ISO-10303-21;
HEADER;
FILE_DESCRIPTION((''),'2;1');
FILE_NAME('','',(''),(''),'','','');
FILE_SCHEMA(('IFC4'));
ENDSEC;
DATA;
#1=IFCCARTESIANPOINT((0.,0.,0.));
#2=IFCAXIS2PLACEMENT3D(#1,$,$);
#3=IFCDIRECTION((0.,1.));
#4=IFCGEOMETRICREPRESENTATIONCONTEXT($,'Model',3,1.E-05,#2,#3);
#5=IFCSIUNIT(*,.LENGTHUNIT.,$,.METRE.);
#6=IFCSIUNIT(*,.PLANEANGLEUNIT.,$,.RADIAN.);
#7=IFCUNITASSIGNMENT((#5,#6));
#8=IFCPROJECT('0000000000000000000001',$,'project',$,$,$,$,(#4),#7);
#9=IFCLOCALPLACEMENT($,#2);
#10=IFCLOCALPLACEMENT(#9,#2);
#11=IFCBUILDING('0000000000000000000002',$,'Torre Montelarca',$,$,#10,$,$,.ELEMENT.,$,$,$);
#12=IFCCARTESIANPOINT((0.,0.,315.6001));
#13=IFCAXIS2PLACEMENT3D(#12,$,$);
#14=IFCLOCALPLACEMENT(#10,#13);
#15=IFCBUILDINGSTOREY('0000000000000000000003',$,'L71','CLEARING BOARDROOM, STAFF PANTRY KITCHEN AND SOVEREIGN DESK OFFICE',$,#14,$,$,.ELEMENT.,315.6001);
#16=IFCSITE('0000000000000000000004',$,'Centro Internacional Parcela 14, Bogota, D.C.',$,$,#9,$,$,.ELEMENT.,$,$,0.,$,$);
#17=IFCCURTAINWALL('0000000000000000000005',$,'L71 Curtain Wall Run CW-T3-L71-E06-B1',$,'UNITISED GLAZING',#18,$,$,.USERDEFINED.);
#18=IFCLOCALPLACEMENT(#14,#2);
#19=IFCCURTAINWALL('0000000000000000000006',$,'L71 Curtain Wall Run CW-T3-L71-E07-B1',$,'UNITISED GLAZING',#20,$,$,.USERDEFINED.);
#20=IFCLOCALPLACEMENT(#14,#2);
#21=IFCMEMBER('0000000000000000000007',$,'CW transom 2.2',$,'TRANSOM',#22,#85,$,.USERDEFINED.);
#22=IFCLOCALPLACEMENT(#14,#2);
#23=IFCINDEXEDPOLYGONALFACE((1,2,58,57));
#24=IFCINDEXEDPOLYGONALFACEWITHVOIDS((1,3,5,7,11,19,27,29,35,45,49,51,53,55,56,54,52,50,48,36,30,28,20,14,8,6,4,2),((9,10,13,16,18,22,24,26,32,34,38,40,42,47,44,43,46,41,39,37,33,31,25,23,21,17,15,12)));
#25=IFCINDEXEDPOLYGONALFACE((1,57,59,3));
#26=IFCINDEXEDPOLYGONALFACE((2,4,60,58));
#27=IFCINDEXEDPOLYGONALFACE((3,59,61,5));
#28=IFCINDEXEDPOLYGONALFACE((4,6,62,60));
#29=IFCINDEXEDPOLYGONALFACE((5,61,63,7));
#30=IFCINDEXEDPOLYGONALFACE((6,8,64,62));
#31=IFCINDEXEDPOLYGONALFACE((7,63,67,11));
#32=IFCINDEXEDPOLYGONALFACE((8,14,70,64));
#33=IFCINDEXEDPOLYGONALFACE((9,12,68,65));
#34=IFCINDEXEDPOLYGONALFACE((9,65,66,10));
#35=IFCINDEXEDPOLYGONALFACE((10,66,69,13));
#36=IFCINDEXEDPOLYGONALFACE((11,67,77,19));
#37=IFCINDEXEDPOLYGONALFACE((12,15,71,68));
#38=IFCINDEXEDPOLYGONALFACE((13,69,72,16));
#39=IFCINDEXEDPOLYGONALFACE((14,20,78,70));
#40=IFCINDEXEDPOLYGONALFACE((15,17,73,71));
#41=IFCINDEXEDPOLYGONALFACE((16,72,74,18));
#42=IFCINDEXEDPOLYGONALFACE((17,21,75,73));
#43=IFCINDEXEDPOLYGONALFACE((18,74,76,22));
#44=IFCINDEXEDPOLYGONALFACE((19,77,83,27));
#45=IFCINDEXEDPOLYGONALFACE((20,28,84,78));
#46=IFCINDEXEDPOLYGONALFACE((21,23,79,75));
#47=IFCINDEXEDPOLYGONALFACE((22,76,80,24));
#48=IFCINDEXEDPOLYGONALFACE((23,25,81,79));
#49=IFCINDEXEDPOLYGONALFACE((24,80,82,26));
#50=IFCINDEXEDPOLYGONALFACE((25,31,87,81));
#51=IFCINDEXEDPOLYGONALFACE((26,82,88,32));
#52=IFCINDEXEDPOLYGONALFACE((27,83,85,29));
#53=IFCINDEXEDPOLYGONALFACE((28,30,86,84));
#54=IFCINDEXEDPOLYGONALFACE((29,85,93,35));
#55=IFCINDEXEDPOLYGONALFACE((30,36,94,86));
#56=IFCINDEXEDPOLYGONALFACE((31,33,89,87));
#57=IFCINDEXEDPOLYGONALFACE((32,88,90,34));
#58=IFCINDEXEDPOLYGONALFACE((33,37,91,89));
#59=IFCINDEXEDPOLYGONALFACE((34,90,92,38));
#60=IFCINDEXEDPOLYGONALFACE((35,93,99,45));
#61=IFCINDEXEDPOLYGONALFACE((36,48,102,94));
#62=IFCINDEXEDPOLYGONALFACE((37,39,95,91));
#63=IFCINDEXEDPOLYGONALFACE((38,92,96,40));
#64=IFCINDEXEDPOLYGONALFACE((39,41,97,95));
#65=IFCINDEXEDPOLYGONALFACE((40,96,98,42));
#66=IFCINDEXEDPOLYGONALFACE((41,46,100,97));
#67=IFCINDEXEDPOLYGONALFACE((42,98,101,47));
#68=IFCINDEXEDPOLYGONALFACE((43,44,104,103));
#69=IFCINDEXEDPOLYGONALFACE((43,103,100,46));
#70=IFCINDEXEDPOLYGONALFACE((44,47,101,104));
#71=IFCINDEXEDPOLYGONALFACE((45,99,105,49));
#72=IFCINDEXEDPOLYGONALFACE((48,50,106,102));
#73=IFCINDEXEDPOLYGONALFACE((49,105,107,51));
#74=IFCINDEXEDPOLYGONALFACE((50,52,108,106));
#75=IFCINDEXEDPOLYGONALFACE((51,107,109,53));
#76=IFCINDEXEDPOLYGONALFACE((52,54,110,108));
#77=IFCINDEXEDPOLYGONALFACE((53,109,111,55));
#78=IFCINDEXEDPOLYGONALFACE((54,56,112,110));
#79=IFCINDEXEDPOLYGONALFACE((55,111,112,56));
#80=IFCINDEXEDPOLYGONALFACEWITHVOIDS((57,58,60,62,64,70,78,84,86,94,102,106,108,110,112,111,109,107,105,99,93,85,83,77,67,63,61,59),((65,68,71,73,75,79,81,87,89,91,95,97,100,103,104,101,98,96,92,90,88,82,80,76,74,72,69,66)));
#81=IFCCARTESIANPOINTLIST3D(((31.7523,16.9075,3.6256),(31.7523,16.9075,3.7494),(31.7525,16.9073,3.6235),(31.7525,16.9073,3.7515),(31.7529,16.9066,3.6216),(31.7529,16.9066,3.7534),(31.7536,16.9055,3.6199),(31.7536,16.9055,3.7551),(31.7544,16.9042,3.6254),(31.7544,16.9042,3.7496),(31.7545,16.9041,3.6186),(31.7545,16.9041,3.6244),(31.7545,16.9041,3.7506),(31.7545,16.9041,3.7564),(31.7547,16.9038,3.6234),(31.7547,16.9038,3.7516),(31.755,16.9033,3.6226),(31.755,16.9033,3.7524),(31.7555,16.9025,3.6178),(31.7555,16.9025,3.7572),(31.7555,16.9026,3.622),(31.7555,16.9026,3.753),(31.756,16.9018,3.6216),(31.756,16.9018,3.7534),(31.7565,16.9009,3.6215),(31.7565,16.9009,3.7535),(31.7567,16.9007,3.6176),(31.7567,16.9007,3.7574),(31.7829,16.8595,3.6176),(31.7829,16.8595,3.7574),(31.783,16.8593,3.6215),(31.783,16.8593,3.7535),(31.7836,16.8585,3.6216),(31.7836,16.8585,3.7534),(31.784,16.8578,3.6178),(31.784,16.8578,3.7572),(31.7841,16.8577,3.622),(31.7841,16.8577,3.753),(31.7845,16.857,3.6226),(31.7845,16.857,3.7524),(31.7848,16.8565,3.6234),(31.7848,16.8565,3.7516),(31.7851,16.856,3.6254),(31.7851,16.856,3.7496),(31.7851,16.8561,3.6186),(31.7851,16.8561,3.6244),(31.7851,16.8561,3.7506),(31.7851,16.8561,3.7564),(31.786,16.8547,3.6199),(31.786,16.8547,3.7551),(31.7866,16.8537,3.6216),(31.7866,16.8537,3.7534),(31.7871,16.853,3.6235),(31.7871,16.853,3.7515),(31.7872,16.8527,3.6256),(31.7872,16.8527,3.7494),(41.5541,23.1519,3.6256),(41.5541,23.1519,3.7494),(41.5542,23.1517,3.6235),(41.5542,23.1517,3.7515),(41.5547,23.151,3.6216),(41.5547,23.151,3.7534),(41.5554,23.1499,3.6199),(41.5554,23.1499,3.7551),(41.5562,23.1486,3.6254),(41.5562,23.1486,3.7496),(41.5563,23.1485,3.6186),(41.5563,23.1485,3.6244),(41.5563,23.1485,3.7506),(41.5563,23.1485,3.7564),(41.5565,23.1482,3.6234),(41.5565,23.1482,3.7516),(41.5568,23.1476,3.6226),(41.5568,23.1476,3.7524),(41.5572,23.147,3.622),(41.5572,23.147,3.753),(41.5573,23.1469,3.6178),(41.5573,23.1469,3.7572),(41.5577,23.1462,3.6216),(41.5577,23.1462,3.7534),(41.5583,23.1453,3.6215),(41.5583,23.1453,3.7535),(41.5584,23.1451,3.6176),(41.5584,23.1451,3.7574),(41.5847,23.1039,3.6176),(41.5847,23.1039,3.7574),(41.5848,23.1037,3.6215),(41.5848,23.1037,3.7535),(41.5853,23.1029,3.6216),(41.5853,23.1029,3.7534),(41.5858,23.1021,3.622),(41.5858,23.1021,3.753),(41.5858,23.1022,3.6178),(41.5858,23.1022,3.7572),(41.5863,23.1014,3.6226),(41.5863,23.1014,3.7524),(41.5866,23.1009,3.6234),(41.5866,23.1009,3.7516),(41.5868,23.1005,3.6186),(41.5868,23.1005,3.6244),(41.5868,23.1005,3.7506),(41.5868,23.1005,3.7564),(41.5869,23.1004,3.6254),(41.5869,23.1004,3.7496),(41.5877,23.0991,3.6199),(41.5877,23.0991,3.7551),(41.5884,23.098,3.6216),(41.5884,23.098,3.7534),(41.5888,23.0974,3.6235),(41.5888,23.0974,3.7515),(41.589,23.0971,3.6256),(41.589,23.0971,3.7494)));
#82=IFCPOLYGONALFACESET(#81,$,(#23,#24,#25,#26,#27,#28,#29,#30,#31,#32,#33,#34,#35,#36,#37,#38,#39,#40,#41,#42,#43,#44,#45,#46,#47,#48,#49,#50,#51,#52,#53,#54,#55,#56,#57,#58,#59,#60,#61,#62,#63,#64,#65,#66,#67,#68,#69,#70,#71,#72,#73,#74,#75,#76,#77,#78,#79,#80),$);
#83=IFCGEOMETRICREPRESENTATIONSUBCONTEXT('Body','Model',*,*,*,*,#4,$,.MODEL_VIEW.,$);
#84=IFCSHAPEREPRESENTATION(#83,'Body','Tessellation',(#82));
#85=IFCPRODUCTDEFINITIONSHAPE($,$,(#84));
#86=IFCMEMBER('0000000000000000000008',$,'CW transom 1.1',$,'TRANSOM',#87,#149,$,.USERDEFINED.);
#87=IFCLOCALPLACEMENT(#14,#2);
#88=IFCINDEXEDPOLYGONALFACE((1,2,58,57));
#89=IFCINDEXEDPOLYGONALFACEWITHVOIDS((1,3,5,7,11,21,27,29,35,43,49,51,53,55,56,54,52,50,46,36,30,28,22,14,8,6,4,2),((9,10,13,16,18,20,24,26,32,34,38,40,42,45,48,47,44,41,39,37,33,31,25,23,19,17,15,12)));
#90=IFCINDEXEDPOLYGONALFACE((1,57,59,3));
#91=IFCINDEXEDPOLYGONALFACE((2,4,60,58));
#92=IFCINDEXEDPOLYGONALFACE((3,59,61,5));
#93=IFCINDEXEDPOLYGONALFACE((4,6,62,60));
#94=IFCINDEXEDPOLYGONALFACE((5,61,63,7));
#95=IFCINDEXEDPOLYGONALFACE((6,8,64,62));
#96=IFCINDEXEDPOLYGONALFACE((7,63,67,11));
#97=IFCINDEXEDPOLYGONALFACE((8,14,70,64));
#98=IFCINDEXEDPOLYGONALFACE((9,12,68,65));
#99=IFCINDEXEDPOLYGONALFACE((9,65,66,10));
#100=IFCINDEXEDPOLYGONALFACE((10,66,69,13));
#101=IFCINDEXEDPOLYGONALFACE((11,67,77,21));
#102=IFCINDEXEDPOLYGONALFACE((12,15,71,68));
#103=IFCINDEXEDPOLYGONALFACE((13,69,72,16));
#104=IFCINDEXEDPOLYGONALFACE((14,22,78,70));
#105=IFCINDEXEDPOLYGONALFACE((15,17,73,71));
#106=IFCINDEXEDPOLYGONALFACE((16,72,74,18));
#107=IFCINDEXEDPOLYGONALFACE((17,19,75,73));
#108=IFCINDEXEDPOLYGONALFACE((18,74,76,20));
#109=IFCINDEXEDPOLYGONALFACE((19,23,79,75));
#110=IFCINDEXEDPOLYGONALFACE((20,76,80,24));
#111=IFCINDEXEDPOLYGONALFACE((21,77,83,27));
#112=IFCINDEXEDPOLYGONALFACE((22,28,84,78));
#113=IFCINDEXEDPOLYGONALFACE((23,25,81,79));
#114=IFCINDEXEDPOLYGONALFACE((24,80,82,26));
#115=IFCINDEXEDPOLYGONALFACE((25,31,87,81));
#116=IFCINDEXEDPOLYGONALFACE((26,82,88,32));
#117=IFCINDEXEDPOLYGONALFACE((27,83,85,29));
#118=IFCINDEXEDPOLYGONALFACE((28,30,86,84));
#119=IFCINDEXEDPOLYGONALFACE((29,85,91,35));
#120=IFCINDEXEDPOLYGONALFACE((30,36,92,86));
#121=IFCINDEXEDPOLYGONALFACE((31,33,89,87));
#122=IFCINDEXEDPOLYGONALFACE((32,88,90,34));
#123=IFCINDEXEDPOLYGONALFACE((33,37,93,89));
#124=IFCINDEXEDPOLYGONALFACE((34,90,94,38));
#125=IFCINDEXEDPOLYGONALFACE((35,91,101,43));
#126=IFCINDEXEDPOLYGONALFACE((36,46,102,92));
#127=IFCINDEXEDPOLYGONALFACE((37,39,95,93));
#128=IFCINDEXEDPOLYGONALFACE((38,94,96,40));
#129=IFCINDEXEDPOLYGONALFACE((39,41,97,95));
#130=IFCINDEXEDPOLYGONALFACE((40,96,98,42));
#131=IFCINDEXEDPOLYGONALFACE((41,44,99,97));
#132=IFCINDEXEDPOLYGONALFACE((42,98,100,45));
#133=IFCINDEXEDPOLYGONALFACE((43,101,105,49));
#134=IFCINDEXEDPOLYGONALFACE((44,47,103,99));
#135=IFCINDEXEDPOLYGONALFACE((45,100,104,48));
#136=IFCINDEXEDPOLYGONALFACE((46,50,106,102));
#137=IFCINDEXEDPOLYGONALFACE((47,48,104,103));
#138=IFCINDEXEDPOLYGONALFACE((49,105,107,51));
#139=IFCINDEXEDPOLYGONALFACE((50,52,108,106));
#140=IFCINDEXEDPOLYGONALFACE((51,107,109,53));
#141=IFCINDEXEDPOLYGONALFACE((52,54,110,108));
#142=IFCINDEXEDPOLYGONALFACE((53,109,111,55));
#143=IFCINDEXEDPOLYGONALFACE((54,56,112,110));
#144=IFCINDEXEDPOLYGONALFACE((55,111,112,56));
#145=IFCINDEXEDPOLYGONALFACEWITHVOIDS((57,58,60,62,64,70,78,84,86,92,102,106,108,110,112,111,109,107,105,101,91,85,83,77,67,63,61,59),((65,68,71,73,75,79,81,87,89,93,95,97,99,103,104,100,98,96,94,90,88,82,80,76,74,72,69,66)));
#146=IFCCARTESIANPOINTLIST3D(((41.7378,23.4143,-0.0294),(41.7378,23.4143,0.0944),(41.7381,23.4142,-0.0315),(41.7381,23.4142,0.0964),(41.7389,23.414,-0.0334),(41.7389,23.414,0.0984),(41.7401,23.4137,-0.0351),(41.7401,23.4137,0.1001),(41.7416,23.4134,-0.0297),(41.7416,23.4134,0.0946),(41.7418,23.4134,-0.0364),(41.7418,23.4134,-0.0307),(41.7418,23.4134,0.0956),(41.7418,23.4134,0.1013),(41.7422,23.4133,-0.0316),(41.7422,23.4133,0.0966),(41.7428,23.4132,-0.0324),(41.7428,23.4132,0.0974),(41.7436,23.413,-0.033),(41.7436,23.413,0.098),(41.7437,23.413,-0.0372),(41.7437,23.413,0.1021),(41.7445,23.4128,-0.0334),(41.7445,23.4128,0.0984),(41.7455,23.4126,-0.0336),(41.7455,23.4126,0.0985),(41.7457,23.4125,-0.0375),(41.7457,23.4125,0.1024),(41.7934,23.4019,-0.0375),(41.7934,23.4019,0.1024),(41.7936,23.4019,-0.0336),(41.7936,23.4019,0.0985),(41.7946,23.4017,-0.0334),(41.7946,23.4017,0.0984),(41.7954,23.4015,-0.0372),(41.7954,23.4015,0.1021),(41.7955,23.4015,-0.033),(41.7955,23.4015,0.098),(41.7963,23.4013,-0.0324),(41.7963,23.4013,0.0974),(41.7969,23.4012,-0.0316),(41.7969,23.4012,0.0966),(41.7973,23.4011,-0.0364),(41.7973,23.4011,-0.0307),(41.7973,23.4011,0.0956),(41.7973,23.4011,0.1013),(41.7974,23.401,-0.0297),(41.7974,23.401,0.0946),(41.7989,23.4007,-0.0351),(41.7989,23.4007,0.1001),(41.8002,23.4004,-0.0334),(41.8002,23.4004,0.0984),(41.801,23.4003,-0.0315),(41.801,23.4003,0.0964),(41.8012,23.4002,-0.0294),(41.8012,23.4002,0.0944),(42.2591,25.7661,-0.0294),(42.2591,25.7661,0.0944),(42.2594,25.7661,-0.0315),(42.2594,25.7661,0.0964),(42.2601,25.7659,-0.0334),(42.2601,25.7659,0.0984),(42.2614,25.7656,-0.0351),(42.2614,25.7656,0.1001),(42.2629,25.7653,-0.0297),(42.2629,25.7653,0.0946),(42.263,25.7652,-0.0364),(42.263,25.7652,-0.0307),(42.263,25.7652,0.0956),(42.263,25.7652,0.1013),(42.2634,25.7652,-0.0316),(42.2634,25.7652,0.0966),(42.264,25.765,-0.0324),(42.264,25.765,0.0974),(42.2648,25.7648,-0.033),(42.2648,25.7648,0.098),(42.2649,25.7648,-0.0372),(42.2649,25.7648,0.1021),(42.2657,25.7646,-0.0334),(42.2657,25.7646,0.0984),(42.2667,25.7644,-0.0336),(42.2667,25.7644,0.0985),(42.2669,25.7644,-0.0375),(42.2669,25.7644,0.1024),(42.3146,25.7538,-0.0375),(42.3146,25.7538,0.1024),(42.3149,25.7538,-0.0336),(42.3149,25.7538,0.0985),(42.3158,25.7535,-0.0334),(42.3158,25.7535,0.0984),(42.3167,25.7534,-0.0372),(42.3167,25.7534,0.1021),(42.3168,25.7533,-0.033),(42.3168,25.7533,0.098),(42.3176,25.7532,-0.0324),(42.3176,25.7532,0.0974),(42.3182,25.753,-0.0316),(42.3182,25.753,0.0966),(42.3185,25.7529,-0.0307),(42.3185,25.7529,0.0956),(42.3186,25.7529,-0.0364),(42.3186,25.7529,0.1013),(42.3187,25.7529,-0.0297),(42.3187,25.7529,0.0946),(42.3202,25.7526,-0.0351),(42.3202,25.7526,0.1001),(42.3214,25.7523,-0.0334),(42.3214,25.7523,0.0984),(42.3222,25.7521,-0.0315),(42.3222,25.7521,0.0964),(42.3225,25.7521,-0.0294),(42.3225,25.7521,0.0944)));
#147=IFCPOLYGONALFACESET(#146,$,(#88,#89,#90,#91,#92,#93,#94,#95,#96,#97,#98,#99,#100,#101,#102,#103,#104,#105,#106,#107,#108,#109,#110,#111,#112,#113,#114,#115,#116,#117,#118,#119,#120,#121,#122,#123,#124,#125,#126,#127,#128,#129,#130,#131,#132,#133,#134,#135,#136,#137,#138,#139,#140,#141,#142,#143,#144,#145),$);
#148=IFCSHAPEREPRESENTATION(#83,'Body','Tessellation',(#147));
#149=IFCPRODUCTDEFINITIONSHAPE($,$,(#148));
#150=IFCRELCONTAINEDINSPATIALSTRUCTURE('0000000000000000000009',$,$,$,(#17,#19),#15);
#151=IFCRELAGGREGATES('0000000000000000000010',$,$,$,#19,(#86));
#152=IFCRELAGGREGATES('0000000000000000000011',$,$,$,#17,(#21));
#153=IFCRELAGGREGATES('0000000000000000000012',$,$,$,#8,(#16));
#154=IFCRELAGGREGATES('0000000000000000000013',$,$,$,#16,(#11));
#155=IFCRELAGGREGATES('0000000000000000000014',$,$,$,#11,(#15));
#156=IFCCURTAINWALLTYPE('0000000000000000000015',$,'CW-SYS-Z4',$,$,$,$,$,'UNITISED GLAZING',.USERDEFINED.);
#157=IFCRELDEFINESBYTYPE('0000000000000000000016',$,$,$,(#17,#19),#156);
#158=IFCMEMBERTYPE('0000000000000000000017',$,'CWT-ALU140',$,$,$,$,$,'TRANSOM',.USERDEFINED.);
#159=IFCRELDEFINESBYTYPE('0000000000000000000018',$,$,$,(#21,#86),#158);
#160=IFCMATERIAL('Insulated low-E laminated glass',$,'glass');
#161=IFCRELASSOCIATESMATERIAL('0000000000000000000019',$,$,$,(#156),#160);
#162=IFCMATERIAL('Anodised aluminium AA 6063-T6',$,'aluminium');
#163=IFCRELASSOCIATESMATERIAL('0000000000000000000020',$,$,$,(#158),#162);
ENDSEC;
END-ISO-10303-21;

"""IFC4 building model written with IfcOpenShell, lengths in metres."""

from ifc_helpers import new_model, si_unit, direction, frame, origin, origin_2d, place, context, subcontext, project, spatial, hollow_rectangle, extrude, source, transform, mapped, material, material_profile, profile_set, type_object, element, aggregate, save


model = new_model("IFC4")

# Units and contexts
model_context = context("Model", 3, precision=1e-05, world=origin(), true_north=direction((0.0, 1.0)))
body_context = subcontext(model_context, "Body", "Model", "MODEL_VIEW")
ifc_project = project(units=[si_unit("LENGTHUNIT", "METRE"), si_unit("PLANEANGLEUNIT", "RADIAN")], contexts=[model_context])

# Site, building, storey
site_placement = place(None, origin())
site = spatial("IfcSite", under=ifc_project, at=site_placement, Name="Centro Internacional Parcela 14, Bogota, D.C.", CompositionType="ELEMENT", RefElevation=0.0)
building_placement = place(site_placement, origin())
building = spatial("IfcBuilding", under=site, at=building_placement, Name="Torre Montelarca", CompositionType="ELEMENT")
storey_placement = place(building_placement, frame((0.0, 0.0, 315.6001)))
storey = spatial("IfcBuildingStorey", under=building, at=storey_placement, Name="L71", Description="CLEARING BOARDROOM, STAFF PANTRY KITCHEN AND SOVEREIGN DESK OFFICE", CompositionType="ELEMENT", Elevation=315.6001)

# Curtain walls
ifc_material_1 = material(Name="Insulated low-E laminated glass", Category="glass")
curtain_wall_type = type_object("IfcCurtainWallType", Name="CW-SYS-Z4", ElementType="UNITISED GLAZING", PredefinedType="USERDEFINED", material=ifc_material_1)
curtain_wall_1_placement = place(storey_placement, origin())
curtain_wall_1 = element("IfcCurtainWall", 1, at=curtain_wall_1_placement, inside=storey, type_object=curtain_wall_type, Name="L71 Curtain Wall Run CW-T3-L71-E06-B1", ObjectType="UNITISED GLAZING", PredefinedType="USERDEFINED")
ifc_material_2 = material(Name="Anodised aluminium AA 6063-T6", Category="aluminium")
curtain_wall_2_placement = place(storey_placement, origin())
curtain_wall_2 = element("IfcCurtainWall", 2, at=curtain_wall_2_placement, inside=storey, type_object=curtain_wall_type, Name="L71 Curtain Wall Run CW-T3-L71-E07-B1", ObjectType="UNITISED GLAZING", PredefinedType="USERDEFINED")

# Members
ifc_material_profile_1 = material_profile(ifc_material_2, hollow_rectangle(XDim=0.0649, YDim=0.1399, WallThickness=0.0039, InnerFilletRadius=0.0039, OuterFilletRadius=0.0081, at=origin_2d()), Name="ALU65X140X4", Category="aluminium")
ifc_profile_set_1 = profile_set([ifc_material_profile_1], Name="Anodised aluminium AA 6063-T6")
member_type_1 = type_object("IfcMemberType", Name="CWT-ALU140", ElementType="TRANSOM", PredefinedType="USERDEFINED", material=ifc_profile_set_1)
shared_shape_1 = source(origin(), body_context, "Body", "SweptSolid", [
    extrude(hollow_rectangle(XDim=0.0649, YDim=0.1399, WallThickness=0.0039, InnerFilletRadius=0.0039, OuterFilletRadius=0.0081, at=origin_2d()), origin(), (0.0, 0.0, 1.0), 11.6218),
])
member_1_placement = place(storey_placement, frame((31.7698, 16.8801, 3.6875), z_axis=(0.843392, 0.537298, 0.0), x_axis=(-0.537298, 0.843392, 0.0)))
member_1 = element("IfcMember", 3, at=member_1_placement, type_object=member_type_1, Name="CW transom 2.2", ObjectType="TRANSOM", PredefinedType="USERDEFINED", context=body_context, shape_type="MappedRepresentation", body=[
    mapped(shared_shape_1, transform((0.0, 0.0, 0.0), scale=1.0)),
])
shared_shape_2 = source(origin(), body_context, "Body", "SweptSolid", [
    extrude(hollow_rectangle(XDim=0.0649, YDim=0.1399, WallThickness=0.0039, InnerFilletRadius=0.0039, OuterFilletRadius=0.0081, at=origin_2d()), origin(), (0.0, 0.0, 1.0), 2.4089),
])
member_2_placement = place(storey_placement, frame((41.7695, 23.4072, 0.0325), z_axis=(0.216383, 0.976309, 0.0), x_axis=(-0.976309, 0.216383, 0.0)))
member_2 = element("IfcMember", 4, at=member_2_placement, type_object=member_type_1, Name="CW transom 1.1", ObjectType="TRANSOM", PredefinedType="USERDEFINED", context=body_context, shape_type="MappedRepresentation", body=[
    mapped(shared_shape_2, transform((0.0, 0.0, 0.0), scale=1.0)),
])

aggregate(curtain_wall_2, [member_2])
aggregate(curtain_wall_1, [member_1])

save(model, "model.ifc")
